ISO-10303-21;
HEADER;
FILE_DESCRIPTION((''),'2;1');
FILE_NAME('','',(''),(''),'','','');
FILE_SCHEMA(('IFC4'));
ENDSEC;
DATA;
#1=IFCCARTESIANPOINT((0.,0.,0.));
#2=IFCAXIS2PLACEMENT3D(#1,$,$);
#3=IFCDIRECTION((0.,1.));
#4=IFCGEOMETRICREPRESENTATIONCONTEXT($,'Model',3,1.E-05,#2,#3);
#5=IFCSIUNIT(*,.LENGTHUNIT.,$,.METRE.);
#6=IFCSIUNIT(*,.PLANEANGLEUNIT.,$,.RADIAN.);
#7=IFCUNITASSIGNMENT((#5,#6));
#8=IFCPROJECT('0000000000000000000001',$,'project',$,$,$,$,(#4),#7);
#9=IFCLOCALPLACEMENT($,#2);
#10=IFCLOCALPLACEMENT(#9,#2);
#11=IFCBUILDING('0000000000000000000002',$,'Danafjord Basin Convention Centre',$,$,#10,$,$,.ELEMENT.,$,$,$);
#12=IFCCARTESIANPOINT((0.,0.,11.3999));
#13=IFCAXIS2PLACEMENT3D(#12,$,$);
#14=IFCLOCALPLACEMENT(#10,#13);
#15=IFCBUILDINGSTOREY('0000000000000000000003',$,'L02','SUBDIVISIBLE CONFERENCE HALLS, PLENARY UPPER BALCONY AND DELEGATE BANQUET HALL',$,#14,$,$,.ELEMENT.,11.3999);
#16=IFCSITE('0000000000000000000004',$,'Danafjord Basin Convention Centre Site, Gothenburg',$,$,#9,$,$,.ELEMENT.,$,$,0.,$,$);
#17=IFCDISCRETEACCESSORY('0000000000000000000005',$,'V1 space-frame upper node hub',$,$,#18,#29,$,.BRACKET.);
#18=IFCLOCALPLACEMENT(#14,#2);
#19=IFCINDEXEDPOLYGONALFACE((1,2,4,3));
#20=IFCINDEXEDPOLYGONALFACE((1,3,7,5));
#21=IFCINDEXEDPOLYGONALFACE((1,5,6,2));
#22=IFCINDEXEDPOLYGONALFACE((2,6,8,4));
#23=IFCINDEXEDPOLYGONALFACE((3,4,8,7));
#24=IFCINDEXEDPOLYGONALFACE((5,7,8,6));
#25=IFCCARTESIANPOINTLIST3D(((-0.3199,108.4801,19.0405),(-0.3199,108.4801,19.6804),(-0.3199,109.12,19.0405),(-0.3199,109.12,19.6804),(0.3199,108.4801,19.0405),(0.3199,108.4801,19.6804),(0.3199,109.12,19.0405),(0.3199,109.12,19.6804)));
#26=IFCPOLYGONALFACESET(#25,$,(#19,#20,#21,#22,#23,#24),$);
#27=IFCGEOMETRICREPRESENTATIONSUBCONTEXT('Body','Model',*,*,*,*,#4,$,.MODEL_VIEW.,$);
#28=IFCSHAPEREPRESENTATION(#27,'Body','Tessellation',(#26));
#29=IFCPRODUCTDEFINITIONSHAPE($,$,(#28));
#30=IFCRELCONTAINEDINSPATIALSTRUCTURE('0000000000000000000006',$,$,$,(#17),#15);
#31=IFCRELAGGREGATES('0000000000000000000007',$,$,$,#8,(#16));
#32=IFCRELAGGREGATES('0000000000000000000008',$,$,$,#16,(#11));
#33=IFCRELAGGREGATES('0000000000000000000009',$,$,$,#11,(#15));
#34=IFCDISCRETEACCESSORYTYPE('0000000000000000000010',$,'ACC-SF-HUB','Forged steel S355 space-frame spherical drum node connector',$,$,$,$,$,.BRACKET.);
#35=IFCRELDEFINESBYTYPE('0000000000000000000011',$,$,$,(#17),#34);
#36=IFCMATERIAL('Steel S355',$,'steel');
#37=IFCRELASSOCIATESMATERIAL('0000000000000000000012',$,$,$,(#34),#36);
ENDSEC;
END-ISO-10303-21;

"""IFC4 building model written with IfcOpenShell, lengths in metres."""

from ifc_helpers import new_model, si_unit, direction, frame, origin, origin_2d, place, context, subcontext, project, spatial, rectangle, extrude, material, type_object, element, save


model = new_model("IFC4")

# Units and contexts
model_context = context("Model", 3, precision=1e-05, world=origin(), true_north=direction((0.0, 1.0)))
body_context = subcontext(model_context, "Body", "Model", "MODEL_VIEW")
ifc_project = project(units=[si_unit("LENGTHUNIT", "METRE"), si_unit("PLANEANGLEUNIT", "RADIAN")], contexts=[model_context])

# Site, building, storey
site_placement = place(None, origin())
site = spatial("IfcSite", under=ifc_project, at=site_placement, Name="Danafjord Basin Convention Centre Site, Gothenburg", CompositionType="ELEMENT", RefElevation=0.0)
building_placement = place(site_placement, origin())
building = spatial("IfcBuilding", under=site, at=building_placement, Name="Danafjord Basin Convention Centre", CompositionType="ELEMENT")
storey_placement = place(building_placement, frame((0.0, 0.0, 11.3999)))
storey = spatial("IfcBuildingStorey", under=building, at=storey_placement, Name="L02", Description="SUBDIVISIBLE CONFERENCE HALLS, PLENARY UPPER BALCONY AND DELEGATE BANQUET HALL", CompositionType="ELEMENT", Elevation=11.3999)

# Shared definitions
ifc_material_1 = material(Name="Steel S355", Category="steel")

# Discrete accessory
discrete_accessory_type = type_object("IfcDiscreteAccessoryType", Name="ACC-SF-HUB", Description="Forged steel S355 space-frame spherical drum node connector", PredefinedType="BRACKET", material=ifc_material_1)
discrete_accessory_placement = place(storey_placement, frame((0.0, 108.8, 19.0405), z_axis=(0.0, 0.0, 1.0), x_axis=(1.0, 0.0, 0.0)))
element("IfcDiscreteAccessory", 1, at=discrete_accessory_placement, inside=storey, type_object=discrete_accessory_type, Name="V1 space-frame upper node hub", PredefinedType="BRACKET", context=body_context, shape_type="SweptSolid", body=[
    extrude(rectangle(XDim=0.6399, YDim=0.6399, at=origin_2d()), origin(), (0.0, 0.0, 1.0), 0.6399),
])

save(model, "model.ifc")
